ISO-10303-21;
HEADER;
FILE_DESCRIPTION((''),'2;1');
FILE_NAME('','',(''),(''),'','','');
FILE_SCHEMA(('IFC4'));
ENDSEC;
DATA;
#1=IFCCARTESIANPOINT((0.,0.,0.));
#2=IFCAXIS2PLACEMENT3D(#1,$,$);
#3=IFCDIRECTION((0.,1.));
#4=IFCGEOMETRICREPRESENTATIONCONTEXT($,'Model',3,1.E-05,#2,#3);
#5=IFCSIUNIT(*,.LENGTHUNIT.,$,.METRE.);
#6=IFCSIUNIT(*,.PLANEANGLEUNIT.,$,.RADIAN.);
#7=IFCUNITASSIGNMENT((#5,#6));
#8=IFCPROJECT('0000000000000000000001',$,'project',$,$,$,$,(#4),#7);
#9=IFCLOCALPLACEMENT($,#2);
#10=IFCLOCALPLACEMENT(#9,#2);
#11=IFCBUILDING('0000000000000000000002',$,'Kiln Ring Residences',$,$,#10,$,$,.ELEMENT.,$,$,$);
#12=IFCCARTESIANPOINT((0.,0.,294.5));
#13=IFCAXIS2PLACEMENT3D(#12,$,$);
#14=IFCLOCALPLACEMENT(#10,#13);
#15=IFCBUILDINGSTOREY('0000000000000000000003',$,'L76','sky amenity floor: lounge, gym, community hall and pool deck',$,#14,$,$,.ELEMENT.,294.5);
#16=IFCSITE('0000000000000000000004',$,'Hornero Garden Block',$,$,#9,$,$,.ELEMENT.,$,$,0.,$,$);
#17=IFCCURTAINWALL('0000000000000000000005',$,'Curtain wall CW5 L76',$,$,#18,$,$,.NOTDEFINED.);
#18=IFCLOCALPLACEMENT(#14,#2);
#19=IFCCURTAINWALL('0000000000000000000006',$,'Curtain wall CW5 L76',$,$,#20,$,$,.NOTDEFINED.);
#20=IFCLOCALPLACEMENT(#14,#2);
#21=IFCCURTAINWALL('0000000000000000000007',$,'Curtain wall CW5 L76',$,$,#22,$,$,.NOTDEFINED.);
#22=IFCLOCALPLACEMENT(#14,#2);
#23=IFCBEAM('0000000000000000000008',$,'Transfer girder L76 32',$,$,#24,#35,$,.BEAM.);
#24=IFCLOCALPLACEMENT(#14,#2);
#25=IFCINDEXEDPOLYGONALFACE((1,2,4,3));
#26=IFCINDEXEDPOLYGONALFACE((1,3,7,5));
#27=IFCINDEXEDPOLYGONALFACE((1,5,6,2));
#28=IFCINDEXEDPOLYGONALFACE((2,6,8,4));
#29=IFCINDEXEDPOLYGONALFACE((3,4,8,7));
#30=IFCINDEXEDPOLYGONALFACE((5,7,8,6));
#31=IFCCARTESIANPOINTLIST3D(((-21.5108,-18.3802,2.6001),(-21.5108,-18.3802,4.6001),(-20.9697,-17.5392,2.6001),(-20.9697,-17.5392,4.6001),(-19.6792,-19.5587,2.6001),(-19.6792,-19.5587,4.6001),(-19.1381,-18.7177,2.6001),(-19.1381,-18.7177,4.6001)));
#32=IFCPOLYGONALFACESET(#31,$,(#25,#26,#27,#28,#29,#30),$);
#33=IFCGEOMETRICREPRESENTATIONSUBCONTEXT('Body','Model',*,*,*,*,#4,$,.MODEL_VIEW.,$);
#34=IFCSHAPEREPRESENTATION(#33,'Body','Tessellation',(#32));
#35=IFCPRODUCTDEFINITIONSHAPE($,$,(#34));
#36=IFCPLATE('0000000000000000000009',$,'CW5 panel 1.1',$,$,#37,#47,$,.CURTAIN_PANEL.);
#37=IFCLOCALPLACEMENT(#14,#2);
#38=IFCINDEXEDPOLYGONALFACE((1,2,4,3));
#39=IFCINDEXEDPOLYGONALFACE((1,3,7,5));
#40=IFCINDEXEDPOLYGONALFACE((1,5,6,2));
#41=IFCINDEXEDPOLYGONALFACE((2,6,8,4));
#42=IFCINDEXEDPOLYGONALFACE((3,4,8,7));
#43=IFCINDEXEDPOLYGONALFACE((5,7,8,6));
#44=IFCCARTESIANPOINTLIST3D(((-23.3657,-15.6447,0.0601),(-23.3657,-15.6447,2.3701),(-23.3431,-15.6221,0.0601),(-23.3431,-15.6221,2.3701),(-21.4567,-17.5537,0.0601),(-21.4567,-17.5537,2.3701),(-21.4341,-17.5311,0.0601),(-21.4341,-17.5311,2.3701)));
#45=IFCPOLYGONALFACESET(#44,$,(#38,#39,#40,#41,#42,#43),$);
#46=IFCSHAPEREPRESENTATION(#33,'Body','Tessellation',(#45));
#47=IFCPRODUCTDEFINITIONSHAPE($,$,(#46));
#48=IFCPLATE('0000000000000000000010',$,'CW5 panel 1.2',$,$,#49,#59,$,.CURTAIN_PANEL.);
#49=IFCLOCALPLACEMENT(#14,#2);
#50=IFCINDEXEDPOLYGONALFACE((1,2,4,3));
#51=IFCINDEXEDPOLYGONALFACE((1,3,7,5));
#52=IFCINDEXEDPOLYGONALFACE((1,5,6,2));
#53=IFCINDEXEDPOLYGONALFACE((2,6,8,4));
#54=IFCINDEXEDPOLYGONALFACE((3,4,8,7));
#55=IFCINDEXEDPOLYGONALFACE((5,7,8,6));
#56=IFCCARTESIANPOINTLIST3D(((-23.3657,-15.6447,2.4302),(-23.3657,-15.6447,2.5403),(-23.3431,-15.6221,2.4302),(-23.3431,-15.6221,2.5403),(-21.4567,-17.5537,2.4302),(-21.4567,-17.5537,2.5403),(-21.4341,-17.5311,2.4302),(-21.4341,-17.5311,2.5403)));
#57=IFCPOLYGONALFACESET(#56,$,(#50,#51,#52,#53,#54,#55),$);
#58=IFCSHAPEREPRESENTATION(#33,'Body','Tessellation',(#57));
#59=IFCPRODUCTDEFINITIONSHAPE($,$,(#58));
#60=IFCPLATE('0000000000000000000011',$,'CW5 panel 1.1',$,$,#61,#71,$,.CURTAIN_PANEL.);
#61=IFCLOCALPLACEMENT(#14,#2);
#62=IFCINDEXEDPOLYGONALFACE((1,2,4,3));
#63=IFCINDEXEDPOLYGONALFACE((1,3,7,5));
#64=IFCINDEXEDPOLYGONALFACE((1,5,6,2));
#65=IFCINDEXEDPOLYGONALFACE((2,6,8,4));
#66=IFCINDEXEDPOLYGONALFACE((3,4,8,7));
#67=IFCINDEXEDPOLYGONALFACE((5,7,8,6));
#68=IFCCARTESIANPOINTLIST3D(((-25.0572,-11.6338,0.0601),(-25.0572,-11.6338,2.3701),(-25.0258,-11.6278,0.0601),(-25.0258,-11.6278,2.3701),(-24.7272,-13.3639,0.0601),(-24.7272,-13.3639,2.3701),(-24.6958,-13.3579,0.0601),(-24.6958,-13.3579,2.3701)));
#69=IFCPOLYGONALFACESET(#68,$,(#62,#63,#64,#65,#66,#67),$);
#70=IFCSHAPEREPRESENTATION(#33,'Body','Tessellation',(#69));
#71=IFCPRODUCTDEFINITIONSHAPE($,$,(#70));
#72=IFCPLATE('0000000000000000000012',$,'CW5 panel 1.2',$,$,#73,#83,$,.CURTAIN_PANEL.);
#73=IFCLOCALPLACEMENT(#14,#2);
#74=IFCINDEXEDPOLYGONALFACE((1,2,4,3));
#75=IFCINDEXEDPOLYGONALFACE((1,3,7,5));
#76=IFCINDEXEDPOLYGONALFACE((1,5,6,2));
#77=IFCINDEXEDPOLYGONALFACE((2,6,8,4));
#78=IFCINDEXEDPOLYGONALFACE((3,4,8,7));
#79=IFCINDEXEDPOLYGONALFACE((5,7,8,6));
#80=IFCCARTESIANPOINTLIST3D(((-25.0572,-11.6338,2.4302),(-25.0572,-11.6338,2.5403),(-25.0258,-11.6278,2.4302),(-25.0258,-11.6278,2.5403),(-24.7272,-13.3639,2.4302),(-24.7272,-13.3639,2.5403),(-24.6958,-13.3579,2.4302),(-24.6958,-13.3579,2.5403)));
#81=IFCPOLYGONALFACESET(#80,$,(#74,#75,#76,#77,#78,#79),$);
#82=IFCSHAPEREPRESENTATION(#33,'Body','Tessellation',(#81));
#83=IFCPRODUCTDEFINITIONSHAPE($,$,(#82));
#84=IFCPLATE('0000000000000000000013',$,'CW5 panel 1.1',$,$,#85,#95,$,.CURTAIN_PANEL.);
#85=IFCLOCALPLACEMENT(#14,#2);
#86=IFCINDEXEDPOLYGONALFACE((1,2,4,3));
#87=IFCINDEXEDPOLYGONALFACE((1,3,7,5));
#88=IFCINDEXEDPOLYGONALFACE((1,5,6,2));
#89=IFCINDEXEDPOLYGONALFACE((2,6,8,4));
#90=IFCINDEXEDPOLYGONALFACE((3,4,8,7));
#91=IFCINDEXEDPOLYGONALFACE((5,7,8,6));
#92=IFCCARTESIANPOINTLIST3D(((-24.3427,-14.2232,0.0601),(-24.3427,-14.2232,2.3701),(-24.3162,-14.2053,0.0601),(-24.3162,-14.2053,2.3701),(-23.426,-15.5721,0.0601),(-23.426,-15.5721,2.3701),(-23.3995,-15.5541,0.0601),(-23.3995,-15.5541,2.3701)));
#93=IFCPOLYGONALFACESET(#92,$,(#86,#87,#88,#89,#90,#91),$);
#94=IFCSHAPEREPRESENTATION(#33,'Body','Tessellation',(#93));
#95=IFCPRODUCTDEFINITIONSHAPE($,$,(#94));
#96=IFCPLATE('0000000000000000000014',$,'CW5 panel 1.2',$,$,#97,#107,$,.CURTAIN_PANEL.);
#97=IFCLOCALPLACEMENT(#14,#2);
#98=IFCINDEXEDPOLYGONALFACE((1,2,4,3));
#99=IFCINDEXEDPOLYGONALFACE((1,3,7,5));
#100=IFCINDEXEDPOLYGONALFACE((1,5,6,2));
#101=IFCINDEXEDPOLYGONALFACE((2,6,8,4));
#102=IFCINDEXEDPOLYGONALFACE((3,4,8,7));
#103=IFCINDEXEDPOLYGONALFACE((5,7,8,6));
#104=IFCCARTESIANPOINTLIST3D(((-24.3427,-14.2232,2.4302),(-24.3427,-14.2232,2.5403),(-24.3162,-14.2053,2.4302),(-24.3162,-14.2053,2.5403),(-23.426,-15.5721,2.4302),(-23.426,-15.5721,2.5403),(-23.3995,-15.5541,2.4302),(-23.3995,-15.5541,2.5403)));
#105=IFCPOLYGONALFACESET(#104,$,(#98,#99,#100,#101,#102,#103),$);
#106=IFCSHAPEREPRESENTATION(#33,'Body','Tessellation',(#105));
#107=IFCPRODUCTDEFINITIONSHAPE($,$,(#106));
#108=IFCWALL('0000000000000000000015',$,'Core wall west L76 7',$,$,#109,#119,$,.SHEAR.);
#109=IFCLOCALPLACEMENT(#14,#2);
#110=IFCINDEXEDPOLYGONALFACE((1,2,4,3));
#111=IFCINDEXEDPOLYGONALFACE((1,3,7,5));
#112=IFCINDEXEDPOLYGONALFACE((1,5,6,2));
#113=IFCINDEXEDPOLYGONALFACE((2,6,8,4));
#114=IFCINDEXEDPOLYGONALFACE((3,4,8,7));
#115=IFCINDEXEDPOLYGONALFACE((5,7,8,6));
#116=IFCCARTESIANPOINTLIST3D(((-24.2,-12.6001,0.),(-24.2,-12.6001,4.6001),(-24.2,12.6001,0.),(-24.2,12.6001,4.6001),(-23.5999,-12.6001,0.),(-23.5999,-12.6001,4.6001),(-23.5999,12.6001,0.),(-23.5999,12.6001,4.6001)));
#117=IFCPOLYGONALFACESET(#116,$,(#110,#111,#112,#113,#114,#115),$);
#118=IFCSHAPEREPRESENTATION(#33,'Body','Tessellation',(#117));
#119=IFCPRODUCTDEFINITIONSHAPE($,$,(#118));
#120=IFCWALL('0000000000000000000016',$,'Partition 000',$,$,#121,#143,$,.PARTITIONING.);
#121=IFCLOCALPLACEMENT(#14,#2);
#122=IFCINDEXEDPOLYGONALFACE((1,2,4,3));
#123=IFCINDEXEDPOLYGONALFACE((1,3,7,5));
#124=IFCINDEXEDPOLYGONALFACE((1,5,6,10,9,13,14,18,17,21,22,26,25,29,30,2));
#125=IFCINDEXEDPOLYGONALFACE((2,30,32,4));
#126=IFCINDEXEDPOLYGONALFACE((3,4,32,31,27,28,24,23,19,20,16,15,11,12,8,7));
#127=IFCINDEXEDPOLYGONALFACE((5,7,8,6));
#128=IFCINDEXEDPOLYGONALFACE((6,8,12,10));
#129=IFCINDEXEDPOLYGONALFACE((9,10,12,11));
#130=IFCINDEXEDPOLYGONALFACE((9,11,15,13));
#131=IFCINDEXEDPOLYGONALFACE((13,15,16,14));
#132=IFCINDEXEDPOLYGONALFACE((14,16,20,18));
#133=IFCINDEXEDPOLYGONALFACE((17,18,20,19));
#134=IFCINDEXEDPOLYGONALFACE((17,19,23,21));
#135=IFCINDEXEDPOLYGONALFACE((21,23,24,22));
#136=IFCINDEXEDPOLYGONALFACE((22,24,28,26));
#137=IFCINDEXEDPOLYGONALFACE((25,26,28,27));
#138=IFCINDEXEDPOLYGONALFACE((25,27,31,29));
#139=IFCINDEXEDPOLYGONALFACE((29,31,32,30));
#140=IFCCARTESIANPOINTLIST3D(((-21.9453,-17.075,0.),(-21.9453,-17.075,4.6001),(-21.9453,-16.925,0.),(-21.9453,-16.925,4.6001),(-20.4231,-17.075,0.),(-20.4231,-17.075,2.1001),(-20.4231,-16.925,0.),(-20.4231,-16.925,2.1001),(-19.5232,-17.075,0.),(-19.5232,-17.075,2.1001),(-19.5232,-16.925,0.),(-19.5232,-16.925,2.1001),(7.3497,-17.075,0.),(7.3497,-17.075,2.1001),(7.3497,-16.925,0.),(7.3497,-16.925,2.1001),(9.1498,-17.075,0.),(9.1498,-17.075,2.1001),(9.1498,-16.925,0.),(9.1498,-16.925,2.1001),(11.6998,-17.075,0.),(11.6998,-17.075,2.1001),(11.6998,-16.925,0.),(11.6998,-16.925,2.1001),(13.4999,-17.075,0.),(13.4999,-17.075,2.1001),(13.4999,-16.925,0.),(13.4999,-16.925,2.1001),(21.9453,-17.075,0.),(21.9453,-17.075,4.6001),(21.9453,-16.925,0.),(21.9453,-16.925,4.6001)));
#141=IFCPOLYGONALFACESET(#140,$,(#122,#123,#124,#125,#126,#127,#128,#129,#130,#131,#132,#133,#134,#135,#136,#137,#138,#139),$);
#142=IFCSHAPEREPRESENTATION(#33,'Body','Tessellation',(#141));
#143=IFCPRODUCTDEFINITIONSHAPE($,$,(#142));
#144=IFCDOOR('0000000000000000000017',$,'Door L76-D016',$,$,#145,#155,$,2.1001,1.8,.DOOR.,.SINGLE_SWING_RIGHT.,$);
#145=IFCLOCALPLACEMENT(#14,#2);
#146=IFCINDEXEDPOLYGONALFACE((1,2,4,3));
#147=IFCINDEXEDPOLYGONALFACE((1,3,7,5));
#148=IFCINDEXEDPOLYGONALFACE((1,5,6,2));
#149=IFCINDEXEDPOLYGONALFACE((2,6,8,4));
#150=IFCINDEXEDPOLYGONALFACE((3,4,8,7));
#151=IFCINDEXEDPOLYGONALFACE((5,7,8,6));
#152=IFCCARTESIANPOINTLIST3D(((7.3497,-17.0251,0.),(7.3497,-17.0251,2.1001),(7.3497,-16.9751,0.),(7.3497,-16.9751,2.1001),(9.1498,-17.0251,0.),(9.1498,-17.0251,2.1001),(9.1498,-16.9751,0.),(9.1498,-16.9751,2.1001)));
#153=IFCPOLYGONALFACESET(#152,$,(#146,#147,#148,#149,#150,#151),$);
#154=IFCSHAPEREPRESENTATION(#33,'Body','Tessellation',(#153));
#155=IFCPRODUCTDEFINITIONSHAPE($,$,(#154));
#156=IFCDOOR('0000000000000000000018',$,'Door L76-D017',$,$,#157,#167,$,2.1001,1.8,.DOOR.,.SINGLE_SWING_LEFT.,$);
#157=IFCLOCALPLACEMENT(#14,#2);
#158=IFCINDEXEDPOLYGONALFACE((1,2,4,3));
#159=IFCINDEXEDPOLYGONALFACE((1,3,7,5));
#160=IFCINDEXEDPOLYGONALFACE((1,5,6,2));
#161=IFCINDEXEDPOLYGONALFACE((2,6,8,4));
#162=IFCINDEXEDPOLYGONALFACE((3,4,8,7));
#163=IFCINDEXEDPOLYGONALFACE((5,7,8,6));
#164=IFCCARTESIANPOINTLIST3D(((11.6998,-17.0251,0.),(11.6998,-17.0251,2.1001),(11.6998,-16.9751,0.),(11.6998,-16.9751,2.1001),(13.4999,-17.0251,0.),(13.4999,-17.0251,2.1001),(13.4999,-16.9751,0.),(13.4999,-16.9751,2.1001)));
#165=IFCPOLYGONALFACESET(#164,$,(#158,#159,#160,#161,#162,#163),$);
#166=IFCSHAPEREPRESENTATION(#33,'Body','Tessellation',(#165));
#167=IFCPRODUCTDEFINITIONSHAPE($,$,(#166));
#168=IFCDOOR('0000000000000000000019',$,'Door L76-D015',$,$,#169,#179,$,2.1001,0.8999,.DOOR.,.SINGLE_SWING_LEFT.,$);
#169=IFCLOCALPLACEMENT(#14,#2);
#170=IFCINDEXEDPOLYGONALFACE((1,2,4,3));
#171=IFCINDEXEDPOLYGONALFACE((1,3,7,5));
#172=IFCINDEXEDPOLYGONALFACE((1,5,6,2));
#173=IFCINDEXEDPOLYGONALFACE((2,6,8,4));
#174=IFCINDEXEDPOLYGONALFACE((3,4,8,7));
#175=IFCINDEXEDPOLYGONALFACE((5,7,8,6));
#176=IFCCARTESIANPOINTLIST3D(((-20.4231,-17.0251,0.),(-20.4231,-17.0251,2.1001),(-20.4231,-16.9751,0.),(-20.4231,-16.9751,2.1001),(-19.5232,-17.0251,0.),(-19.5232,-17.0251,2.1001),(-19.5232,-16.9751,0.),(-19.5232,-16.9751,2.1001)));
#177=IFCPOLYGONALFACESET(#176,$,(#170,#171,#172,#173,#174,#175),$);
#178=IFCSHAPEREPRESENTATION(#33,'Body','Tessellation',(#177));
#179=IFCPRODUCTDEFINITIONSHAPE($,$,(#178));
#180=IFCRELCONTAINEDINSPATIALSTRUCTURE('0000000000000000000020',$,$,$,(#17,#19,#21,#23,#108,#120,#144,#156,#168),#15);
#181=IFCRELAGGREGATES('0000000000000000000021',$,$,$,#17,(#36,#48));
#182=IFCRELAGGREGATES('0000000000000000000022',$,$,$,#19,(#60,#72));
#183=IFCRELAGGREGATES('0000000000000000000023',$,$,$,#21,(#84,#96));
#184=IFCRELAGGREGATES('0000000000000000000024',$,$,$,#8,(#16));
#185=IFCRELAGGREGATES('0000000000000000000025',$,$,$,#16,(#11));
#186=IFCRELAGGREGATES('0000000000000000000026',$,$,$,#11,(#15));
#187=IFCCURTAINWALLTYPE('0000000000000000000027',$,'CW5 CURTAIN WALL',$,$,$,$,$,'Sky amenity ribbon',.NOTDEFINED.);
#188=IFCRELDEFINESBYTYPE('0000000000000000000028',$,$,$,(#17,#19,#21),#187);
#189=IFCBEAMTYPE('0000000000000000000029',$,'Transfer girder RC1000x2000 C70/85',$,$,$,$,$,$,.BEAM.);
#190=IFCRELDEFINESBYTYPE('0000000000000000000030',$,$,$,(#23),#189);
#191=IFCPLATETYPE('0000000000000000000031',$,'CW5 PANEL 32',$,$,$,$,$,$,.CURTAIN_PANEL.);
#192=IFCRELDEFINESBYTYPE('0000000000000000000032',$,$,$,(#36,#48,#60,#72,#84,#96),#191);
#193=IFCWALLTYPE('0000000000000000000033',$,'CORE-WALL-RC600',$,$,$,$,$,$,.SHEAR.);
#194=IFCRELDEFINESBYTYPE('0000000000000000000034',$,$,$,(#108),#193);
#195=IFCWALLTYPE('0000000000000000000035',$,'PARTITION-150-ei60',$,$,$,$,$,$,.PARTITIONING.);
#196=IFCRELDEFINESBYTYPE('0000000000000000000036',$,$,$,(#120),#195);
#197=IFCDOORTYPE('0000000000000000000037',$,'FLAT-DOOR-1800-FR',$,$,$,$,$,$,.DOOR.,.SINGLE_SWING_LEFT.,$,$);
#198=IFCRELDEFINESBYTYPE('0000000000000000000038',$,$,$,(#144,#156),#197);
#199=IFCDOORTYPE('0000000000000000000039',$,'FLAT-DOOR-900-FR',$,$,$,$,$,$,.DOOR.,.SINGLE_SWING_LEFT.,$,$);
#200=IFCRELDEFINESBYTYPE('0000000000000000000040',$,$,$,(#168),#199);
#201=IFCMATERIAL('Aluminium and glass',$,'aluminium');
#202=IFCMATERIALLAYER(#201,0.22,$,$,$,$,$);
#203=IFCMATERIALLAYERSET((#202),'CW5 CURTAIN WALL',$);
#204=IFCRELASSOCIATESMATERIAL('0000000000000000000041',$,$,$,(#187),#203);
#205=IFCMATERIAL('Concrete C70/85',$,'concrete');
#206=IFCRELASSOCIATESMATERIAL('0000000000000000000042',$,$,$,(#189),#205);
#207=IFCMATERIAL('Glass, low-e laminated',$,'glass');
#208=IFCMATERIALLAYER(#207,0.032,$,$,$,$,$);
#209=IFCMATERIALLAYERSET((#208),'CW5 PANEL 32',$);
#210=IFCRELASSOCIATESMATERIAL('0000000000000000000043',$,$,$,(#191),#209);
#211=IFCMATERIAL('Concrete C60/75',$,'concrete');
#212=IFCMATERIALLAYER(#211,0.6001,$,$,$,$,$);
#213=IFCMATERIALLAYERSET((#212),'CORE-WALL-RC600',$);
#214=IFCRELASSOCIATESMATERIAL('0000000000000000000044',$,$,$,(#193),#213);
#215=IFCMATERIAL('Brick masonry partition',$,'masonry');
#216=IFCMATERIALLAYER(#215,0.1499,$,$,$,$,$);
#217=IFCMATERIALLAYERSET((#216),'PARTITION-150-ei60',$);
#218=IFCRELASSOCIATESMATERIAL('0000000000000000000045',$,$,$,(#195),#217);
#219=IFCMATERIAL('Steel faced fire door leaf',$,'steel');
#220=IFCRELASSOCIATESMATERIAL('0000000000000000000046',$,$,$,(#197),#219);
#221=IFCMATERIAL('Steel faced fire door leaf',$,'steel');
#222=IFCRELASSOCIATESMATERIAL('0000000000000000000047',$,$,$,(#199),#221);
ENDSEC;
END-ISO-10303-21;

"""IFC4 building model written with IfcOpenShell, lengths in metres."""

from ifc_helpers import new_model, si_unit, direction, frame, frame_2d, origin, origin_2d, place, context, subcontext, project, spatial, rectangle, extrude, material, layer, layer_set, material_profile, profile_set, type_object, element, fill, aggregate, save


model = new_model("IFC4")

# Units and contexts
model_context = context("Model", 3, precision=1e-05, world=origin(), true_north=direction((0.0, 1.0)))
body_context = subcontext(model_context, "Body", "Model", "MODEL_VIEW")
ifc_project = project(units=[si_unit("LENGTHUNIT", "METRE"), si_unit("PLANEANGLEUNIT", "RADIAN")], contexts=[model_context])

# Site, building, storey
site_placement = place(None, origin())
site = spatial("IfcSite", under=ifc_project, at=site_placement, Name="Hornero Garden Block", CompositionType="ELEMENT", RefElevation=0.0)
building_placement = place(site_placement, origin())
building = spatial("IfcBuilding", under=site, at=building_placement, Name="Kiln Ring Residences", CompositionType="ELEMENT")
storey_placement = place(building_placement, frame((0.0, 0.0, 294.5)))
storey = spatial("IfcBuildingStorey", under=building, at=storey_placement, Name="L76", Description="sky amenity floor: lounge, gym, community hall and pool deck", CompositionType="ELEMENT", Elevation=294.5)

# Curtain wall
ifc_material_1 = material(Name="Aluminium and glass", Category="aluminium")
ifc_layer_1 = layer(ifc_material_1, 0.22)
ifc_layer_set_1 = layer_set([ifc_layer_1], Name="CW5 CURTAIN WALL")
curtain_wall_type = type_object("IfcCurtainWallType", Name="CW5 CURTAIN WALL", ElementType="Sky amenity ribbon", PredefinedType="NOTDEFINED", material=ifc_layer_set_1)
placement = place(storey_placement, origin())
curtain_wall_1 = element("IfcCurtainWall", 1, at=placement, inside=storey, type_object=curtain_wall_type, Name="Curtain wall CW5 L76", PredefinedType="NOTDEFINED")

# Curtain wall
curtain_wall_2 = element("IfcCurtainWall", 2, at=placement, inside=storey, type_object=curtain_wall_type, Name="Curtain wall CW5 L76", PredefinedType="NOTDEFINED")

# Curtain wall
curtain_wall_3 = element("IfcCurtainWall", 3, at=placement, inside=storey, type_object=curtain_wall_type, Name="Curtain wall CW5 L76", PredefinedType="NOTDEFINED")

# Beam
ifc_material_2 = material(Name="Concrete C70/85", Category="concrete")
ifc_material_profile_1 = material_profile(ifc_material_2, rectangle(XDim=1.0, YDim=2.0, at=origin_2d()), Name="RC1000x2000")
ifc_profile_set_1 = profile_set([ifc_material_profile_1], Name="Concrete C70/85")
beam_type = type_object("IfcBeamType", Name="Transfer girder RC1000x2000 C70/85", PredefinedType="BEAM", material=ifc_profile_set_1)
beam_1_placement = place(storey_placement, frame((-21.2402, -17.9597, 3.6001), z_axis=(0.84096, -0.541097, 0.0), x_axis=(0.541097, 0.84096, 0.0)))
element("IfcBeam", 4, at=beam_1_placement, inside=storey, type_object=beam_type, Name="Transfer girder L76 32", PredefinedType="BEAM", context=body_context, shape_type="SweptSolid", body=[
    extrude(rectangle(XDim=1.0, YDim=2.0, at=origin_2d()), origin(), (0.0, 0.0, 1.0), 2.178),
])

# Plates
ifc_material_3 = material(Name="Glass, low-e laminated", Category="glass")
ifc_layer_2 = layer(ifc_material_3, 0.032)
ifc_layer_set_2 = layer_set([ifc_layer_2], Name="CW5 PANEL 32")
plate_type = type_object("IfcPlateType", Name="CW5 PANEL 32", PredefinedType="CURTAIN_PANEL", material=ifc_layer_set_2)
plate_1_placement = place(storey_placement, frame((-22.3999, -16.5879, 0.0601), z_axis=(0.0, 0.0, 1.0), x_axis=(0.707107, -0.707107, 0.0)))
plate_1 = element("IfcPlate", 5, at=plate_1_placement, type_object=plate_type, Name="CW5 panel 1.1", PredefinedType="CURTAIN_PANEL", context=body_context, shape_type="SweptSolid", body=[
    extrude(rectangle(XDim=2.6997, YDim=0.032, at=origin_2d()), origin(), (0.0, 0.0, 1.0), 2.3101),
])
plate_2_placement = place(storey_placement, frame((-22.3999, -16.5879, 2.4302), z_axis=(0.0, 0.0, 1.0), x_axis=(0.707107, -0.707107, 0.0)))
plate_2 = element("IfcPlate", 6, at=plate_2_placement, type_object=plate_type, Name="CW5 panel 1.2", PredefinedType="CURTAIN_PANEL", context=body_context, shape_type="SweptSolid", body=[
    extrude(rectangle(XDim=2.6997, YDim=0.032, at=origin_2d()), origin(), (0.0, 0.0, 1.0), 0.1101),
])
aggregate(curtain_wall_1, [plate_1, plate_2])
plate_3_placement = place(storey_placement, frame((-24.8765, -12.4958, 0.0601), z_axis=(0.0, 0.0, 1.0), x_axis=(0.187366, -0.98229, 0.0)))
plate_3 = element("IfcPlate", 7, at=plate_3_placement, type_object=plate_type, Name="CW5 panel 1.1", PredefinedType="CURTAIN_PANEL", context=body_context, shape_type="SweptSolid", body=[
    extrude(rectangle(XDim=1.7612, YDim=0.032, at=origin_2d()), origin(), (0.0, 0.0, 1.0), 2.3101),
])
plate_4_placement = place(storey_placement, frame((-24.8765, -12.4958, 2.4302), z_axis=(0.0, 0.0, 1.0), x_axis=(0.187366, -0.98229, 0.0)))
plate_4 = element("IfcPlate", 8, at=plate_4_placement, type_object=plate_type, Name="CW5 panel 1.2", PredefinedType="CURTAIN_PANEL", context=body_context, shape_type="SweptSolid", body=[
    extrude(rectangle(XDim=1.7612, YDim=0.032, at=origin_2d()), origin(), (0.0, 0.0, 1.0), 0.1101),
])
aggregate(curtain_wall_2, [plate_3, plate_4])
plate_5_placement = place(storey_placement, frame((-23.8711, -14.8887, 0.0601), z_axis=(0.0, 0.0, 1.0), x_axis=(0.562097, -0.827072, 0.0)))
plate_5 = element("IfcPlate", 9, at=plate_5_placement, type_object=plate_type, Name="CW5 panel 1.1", PredefinedType="CURTAIN_PANEL", context=body_context, shape_type="SweptSolid", body=[
    extrude(rectangle(XDim=1.6309, YDim=0.032, at=origin_2d()), origin(), (0.0, 0.0, 1.0), 2.3101),
])
plate_6_placement = place(storey_placement, frame((-23.8711, -14.8887, 2.4302), z_axis=(0.0, 0.0, 1.0), x_axis=(0.562097, -0.827072, 0.0)))
plate_6 = element("IfcPlate", 10, at=plate_6_placement, type_object=plate_type, Name="CW5 panel 1.2", PredefinedType="CURTAIN_PANEL", context=body_context, shape_type="SweptSolid", body=[
    extrude(rectangle(XDim=1.6309, YDim=0.032, at=origin_2d()), origin(), (0.0, 0.0, 1.0), 0.1101),
])
aggregate(curtain_wall_3, [plate_5, plate_6])

# Wall
ifc_material_4 = material(Name="Concrete C60/75", Category="concrete")
ifc_layer_3 = layer(ifc_material_4, 0.6001)
ifc_layer_set_3 = layer_set([ifc_layer_3], Name="CORE-WALL-RC600")
wall_type_1 = type_object("IfcWallType", Name="CORE-WALL-RC600", PredefinedType="SHEAR", material=ifc_layer_set_3)
wall_1_placement = place(storey_placement, frame((-23.8999, -12.6001, 0.0), z_axis=(0.0, 0.0, 1.0), x_axis=(0.0, 1.0, 0.0)))
element("IfcWall", 11, at=wall_1_placement, inside=storey, type_object=wall_type_1, Name="Core wall west L76 7", PredefinedType="SHEAR", context=body_context, shape_type="SweptSolid", body=[
    extrude(rectangle(XDim=25.2002, YDim=0.6001, at=frame_2d((12.6001, 0.0))), origin(), (0.0, 0.0, 1.0), 4.6001),
])

# Wall, openings, doors
ifc_material_5 = material(Name="Brick masonry partition", Category="masonry")
ifc_layer_4 = layer(ifc_material_5, 0.1499)
ifc_layer_set_4 = layer_set([ifc_layer_4], Name="PARTITION-150-ei60")
wall_type_2 = type_object("IfcWallType", Name="PARTITION-150-ei60", PredefinedType="PARTITIONING", material=ifc_layer_set_4)
wall_2_placement = place(storey_placement, frame((-21.9453, -17.0, 0.0), z_axis=(0.0, 0.0, 1.0), x_axis=(1.0, 0.0, 0.0)))
wall_2 = element("IfcWall", 12, at=wall_2_placement, inside=storey, type_object=wall_type_2, Name="Partition 000", PredefinedType="PARTITIONING", context=body_context, shape_type="SweptSolid", body=[
    extrude(rectangle(XDim=43.8906, YDim=0.1499, at=frame_2d((21.9453, 0.0))), origin(), (0.0, 0.0, 1.0), 4.6001),
])
opening_1_placement = place(wall_2_placement, frame((1.5222, 0.0, 0.0)))
opening_1 = element("IfcOpeningElement", 13, at=opening_1_placement, cuts=wall_2, PredefinedType="OPENING", context=body_context, shape_type="SweptSolid", body=[
    extrude(rectangle(XDim=0.8999, YDim=2.1001, at=frame_2d((0.45, 1.05))), frame((0.0, 0.085, 0.0), z_axis=(0.0, -1.0, 0.0), x_axis=(1.0, 0.0, 0.0)), (0.0, 0.0, 1.0), 0.1699),
])
opening_2_placement = place(wall_2_placement, frame((29.2952, 0.0, 0.0)))
opening_2 = element("IfcOpeningElement", 14, at=opening_2_placement, cuts=wall_2, PredefinedType="OPENING", context=body_context, shape_type="SweptSolid", body=[
    extrude(rectangle(XDim=1.8, YDim=2.1001, at=frame_2d((0.8999, 1.05))), frame((0.0, 0.085, 0.0), z_axis=(0.0, -1.0, 0.0), x_axis=(1.0, 0.0, 0.0)), (0.0, 0.0, 1.0), 0.1699),
])
opening_3_placement = place(wall_2_placement, frame((33.6453, 0.0, 0.0)))
opening_3 = element("IfcOpeningElement", 15, at=opening_3_placement, cuts=wall_2, PredefinedType="OPENING", context=body_context, shape_type="SweptSolid", body=[
    extrude(rectangle(XDim=1.8, YDim=2.1001, at=frame_2d((0.8999, 1.05))), frame((0.0, 0.085, 0.0), z_axis=(0.0, -1.0, 0.0), x_axis=(1.0, 0.0, 0.0)), (0.0, 0.0, 1.0), 0.1699),
])
ifc_material_6 = material(Name="Steel faced fire door leaf", Category="steel")
door_type_1 = type_object("IfcDoorType", Name="FLAT-DOOR-1800-FR", OperationType="SINGLE_SWING_LEFT", PredefinedType="DOOR", material=ifc_material_6)
door_1_placement = place(opening_2_placement, origin())
door_1 = element("IfcDoor", 16, at=door_1_placement, inside=storey, type_object=door_type_1, Name="Door L76-D016", OperationType="SINGLE_SWING_RIGHT", OverallHeight=2.1001, OverallWidth=1.8, PredefinedType="DOOR", context=body_context, shape_type="SweptSolid", body=[
    extrude(rectangle(XDim=1.8, YDim=2.1001, at=frame_2d((0.8999, 1.05))), frame((0.0, 0.0249, 0.0), z_axis=(0.0, -1.0, 0.0), x_axis=(1.0, 0.0, 0.0)), (0.0, 0.0, 1.0), 0.05),
])
fill(opening_2, door_1)
door_2_placement = place(opening_3_placement, origin())
door_2 = element("IfcDoor", 17, at=door_2_placement, inside=storey, type_object=door_type_1, Name="Door L76-D017", OperationType="SINGLE_SWING_LEFT", OverallHeight=2.1001, OverallWidth=1.8, PredefinedType="DOOR", context=body_context, shape_type="SweptSolid", body=[
    extrude(rectangle(XDim=1.8, YDim=2.1001, at=frame_2d((0.8999, 1.05))), frame((0.0, 0.0249, 0.0), z_axis=(0.0, -1.0, 0.0), x_axis=(1.0, 0.0, 0.0)), (0.0, 0.0, 1.0), 0.05),
])
fill(opening_3, door_2)
ifc_material_7 = material(Name="Steel faced fire door leaf", Category="steel")
door_type_2 = type_object("IfcDoorType", Name="FLAT-DOOR-900-FR", OperationType="SINGLE_SWING_LEFT", PredefinedType="DOOR", material=ifc_material_7)
door_3_placement = place(opening_1_placement, origin())
door_3 = element("IfcDoor", 18, at=door_3_placement, inside=storey, type_object=door_type_2, Name="Door L76-D015", OperationType="SINGLE_SWING_LEFT", OverallHeight=2.1001, OverallWidth=0.8999, PredefinedType="DOOR", context=body_context, shape_type="SweptSolid", body=[
    extrude(rectangle(XDim=0.8999, YDim=2.1001, at=frame_2d((0.45, 1.05))), frame((0.0, 0.0249, 0.0), z_axis=(0.0, -1.0, 0.0), x_axis=(1.0, 0.0, 0.0)), (0.0, 0.0, 1.0), 0.05),
])
fill(opening_1, door_3)

save(model, "model.ifc")
